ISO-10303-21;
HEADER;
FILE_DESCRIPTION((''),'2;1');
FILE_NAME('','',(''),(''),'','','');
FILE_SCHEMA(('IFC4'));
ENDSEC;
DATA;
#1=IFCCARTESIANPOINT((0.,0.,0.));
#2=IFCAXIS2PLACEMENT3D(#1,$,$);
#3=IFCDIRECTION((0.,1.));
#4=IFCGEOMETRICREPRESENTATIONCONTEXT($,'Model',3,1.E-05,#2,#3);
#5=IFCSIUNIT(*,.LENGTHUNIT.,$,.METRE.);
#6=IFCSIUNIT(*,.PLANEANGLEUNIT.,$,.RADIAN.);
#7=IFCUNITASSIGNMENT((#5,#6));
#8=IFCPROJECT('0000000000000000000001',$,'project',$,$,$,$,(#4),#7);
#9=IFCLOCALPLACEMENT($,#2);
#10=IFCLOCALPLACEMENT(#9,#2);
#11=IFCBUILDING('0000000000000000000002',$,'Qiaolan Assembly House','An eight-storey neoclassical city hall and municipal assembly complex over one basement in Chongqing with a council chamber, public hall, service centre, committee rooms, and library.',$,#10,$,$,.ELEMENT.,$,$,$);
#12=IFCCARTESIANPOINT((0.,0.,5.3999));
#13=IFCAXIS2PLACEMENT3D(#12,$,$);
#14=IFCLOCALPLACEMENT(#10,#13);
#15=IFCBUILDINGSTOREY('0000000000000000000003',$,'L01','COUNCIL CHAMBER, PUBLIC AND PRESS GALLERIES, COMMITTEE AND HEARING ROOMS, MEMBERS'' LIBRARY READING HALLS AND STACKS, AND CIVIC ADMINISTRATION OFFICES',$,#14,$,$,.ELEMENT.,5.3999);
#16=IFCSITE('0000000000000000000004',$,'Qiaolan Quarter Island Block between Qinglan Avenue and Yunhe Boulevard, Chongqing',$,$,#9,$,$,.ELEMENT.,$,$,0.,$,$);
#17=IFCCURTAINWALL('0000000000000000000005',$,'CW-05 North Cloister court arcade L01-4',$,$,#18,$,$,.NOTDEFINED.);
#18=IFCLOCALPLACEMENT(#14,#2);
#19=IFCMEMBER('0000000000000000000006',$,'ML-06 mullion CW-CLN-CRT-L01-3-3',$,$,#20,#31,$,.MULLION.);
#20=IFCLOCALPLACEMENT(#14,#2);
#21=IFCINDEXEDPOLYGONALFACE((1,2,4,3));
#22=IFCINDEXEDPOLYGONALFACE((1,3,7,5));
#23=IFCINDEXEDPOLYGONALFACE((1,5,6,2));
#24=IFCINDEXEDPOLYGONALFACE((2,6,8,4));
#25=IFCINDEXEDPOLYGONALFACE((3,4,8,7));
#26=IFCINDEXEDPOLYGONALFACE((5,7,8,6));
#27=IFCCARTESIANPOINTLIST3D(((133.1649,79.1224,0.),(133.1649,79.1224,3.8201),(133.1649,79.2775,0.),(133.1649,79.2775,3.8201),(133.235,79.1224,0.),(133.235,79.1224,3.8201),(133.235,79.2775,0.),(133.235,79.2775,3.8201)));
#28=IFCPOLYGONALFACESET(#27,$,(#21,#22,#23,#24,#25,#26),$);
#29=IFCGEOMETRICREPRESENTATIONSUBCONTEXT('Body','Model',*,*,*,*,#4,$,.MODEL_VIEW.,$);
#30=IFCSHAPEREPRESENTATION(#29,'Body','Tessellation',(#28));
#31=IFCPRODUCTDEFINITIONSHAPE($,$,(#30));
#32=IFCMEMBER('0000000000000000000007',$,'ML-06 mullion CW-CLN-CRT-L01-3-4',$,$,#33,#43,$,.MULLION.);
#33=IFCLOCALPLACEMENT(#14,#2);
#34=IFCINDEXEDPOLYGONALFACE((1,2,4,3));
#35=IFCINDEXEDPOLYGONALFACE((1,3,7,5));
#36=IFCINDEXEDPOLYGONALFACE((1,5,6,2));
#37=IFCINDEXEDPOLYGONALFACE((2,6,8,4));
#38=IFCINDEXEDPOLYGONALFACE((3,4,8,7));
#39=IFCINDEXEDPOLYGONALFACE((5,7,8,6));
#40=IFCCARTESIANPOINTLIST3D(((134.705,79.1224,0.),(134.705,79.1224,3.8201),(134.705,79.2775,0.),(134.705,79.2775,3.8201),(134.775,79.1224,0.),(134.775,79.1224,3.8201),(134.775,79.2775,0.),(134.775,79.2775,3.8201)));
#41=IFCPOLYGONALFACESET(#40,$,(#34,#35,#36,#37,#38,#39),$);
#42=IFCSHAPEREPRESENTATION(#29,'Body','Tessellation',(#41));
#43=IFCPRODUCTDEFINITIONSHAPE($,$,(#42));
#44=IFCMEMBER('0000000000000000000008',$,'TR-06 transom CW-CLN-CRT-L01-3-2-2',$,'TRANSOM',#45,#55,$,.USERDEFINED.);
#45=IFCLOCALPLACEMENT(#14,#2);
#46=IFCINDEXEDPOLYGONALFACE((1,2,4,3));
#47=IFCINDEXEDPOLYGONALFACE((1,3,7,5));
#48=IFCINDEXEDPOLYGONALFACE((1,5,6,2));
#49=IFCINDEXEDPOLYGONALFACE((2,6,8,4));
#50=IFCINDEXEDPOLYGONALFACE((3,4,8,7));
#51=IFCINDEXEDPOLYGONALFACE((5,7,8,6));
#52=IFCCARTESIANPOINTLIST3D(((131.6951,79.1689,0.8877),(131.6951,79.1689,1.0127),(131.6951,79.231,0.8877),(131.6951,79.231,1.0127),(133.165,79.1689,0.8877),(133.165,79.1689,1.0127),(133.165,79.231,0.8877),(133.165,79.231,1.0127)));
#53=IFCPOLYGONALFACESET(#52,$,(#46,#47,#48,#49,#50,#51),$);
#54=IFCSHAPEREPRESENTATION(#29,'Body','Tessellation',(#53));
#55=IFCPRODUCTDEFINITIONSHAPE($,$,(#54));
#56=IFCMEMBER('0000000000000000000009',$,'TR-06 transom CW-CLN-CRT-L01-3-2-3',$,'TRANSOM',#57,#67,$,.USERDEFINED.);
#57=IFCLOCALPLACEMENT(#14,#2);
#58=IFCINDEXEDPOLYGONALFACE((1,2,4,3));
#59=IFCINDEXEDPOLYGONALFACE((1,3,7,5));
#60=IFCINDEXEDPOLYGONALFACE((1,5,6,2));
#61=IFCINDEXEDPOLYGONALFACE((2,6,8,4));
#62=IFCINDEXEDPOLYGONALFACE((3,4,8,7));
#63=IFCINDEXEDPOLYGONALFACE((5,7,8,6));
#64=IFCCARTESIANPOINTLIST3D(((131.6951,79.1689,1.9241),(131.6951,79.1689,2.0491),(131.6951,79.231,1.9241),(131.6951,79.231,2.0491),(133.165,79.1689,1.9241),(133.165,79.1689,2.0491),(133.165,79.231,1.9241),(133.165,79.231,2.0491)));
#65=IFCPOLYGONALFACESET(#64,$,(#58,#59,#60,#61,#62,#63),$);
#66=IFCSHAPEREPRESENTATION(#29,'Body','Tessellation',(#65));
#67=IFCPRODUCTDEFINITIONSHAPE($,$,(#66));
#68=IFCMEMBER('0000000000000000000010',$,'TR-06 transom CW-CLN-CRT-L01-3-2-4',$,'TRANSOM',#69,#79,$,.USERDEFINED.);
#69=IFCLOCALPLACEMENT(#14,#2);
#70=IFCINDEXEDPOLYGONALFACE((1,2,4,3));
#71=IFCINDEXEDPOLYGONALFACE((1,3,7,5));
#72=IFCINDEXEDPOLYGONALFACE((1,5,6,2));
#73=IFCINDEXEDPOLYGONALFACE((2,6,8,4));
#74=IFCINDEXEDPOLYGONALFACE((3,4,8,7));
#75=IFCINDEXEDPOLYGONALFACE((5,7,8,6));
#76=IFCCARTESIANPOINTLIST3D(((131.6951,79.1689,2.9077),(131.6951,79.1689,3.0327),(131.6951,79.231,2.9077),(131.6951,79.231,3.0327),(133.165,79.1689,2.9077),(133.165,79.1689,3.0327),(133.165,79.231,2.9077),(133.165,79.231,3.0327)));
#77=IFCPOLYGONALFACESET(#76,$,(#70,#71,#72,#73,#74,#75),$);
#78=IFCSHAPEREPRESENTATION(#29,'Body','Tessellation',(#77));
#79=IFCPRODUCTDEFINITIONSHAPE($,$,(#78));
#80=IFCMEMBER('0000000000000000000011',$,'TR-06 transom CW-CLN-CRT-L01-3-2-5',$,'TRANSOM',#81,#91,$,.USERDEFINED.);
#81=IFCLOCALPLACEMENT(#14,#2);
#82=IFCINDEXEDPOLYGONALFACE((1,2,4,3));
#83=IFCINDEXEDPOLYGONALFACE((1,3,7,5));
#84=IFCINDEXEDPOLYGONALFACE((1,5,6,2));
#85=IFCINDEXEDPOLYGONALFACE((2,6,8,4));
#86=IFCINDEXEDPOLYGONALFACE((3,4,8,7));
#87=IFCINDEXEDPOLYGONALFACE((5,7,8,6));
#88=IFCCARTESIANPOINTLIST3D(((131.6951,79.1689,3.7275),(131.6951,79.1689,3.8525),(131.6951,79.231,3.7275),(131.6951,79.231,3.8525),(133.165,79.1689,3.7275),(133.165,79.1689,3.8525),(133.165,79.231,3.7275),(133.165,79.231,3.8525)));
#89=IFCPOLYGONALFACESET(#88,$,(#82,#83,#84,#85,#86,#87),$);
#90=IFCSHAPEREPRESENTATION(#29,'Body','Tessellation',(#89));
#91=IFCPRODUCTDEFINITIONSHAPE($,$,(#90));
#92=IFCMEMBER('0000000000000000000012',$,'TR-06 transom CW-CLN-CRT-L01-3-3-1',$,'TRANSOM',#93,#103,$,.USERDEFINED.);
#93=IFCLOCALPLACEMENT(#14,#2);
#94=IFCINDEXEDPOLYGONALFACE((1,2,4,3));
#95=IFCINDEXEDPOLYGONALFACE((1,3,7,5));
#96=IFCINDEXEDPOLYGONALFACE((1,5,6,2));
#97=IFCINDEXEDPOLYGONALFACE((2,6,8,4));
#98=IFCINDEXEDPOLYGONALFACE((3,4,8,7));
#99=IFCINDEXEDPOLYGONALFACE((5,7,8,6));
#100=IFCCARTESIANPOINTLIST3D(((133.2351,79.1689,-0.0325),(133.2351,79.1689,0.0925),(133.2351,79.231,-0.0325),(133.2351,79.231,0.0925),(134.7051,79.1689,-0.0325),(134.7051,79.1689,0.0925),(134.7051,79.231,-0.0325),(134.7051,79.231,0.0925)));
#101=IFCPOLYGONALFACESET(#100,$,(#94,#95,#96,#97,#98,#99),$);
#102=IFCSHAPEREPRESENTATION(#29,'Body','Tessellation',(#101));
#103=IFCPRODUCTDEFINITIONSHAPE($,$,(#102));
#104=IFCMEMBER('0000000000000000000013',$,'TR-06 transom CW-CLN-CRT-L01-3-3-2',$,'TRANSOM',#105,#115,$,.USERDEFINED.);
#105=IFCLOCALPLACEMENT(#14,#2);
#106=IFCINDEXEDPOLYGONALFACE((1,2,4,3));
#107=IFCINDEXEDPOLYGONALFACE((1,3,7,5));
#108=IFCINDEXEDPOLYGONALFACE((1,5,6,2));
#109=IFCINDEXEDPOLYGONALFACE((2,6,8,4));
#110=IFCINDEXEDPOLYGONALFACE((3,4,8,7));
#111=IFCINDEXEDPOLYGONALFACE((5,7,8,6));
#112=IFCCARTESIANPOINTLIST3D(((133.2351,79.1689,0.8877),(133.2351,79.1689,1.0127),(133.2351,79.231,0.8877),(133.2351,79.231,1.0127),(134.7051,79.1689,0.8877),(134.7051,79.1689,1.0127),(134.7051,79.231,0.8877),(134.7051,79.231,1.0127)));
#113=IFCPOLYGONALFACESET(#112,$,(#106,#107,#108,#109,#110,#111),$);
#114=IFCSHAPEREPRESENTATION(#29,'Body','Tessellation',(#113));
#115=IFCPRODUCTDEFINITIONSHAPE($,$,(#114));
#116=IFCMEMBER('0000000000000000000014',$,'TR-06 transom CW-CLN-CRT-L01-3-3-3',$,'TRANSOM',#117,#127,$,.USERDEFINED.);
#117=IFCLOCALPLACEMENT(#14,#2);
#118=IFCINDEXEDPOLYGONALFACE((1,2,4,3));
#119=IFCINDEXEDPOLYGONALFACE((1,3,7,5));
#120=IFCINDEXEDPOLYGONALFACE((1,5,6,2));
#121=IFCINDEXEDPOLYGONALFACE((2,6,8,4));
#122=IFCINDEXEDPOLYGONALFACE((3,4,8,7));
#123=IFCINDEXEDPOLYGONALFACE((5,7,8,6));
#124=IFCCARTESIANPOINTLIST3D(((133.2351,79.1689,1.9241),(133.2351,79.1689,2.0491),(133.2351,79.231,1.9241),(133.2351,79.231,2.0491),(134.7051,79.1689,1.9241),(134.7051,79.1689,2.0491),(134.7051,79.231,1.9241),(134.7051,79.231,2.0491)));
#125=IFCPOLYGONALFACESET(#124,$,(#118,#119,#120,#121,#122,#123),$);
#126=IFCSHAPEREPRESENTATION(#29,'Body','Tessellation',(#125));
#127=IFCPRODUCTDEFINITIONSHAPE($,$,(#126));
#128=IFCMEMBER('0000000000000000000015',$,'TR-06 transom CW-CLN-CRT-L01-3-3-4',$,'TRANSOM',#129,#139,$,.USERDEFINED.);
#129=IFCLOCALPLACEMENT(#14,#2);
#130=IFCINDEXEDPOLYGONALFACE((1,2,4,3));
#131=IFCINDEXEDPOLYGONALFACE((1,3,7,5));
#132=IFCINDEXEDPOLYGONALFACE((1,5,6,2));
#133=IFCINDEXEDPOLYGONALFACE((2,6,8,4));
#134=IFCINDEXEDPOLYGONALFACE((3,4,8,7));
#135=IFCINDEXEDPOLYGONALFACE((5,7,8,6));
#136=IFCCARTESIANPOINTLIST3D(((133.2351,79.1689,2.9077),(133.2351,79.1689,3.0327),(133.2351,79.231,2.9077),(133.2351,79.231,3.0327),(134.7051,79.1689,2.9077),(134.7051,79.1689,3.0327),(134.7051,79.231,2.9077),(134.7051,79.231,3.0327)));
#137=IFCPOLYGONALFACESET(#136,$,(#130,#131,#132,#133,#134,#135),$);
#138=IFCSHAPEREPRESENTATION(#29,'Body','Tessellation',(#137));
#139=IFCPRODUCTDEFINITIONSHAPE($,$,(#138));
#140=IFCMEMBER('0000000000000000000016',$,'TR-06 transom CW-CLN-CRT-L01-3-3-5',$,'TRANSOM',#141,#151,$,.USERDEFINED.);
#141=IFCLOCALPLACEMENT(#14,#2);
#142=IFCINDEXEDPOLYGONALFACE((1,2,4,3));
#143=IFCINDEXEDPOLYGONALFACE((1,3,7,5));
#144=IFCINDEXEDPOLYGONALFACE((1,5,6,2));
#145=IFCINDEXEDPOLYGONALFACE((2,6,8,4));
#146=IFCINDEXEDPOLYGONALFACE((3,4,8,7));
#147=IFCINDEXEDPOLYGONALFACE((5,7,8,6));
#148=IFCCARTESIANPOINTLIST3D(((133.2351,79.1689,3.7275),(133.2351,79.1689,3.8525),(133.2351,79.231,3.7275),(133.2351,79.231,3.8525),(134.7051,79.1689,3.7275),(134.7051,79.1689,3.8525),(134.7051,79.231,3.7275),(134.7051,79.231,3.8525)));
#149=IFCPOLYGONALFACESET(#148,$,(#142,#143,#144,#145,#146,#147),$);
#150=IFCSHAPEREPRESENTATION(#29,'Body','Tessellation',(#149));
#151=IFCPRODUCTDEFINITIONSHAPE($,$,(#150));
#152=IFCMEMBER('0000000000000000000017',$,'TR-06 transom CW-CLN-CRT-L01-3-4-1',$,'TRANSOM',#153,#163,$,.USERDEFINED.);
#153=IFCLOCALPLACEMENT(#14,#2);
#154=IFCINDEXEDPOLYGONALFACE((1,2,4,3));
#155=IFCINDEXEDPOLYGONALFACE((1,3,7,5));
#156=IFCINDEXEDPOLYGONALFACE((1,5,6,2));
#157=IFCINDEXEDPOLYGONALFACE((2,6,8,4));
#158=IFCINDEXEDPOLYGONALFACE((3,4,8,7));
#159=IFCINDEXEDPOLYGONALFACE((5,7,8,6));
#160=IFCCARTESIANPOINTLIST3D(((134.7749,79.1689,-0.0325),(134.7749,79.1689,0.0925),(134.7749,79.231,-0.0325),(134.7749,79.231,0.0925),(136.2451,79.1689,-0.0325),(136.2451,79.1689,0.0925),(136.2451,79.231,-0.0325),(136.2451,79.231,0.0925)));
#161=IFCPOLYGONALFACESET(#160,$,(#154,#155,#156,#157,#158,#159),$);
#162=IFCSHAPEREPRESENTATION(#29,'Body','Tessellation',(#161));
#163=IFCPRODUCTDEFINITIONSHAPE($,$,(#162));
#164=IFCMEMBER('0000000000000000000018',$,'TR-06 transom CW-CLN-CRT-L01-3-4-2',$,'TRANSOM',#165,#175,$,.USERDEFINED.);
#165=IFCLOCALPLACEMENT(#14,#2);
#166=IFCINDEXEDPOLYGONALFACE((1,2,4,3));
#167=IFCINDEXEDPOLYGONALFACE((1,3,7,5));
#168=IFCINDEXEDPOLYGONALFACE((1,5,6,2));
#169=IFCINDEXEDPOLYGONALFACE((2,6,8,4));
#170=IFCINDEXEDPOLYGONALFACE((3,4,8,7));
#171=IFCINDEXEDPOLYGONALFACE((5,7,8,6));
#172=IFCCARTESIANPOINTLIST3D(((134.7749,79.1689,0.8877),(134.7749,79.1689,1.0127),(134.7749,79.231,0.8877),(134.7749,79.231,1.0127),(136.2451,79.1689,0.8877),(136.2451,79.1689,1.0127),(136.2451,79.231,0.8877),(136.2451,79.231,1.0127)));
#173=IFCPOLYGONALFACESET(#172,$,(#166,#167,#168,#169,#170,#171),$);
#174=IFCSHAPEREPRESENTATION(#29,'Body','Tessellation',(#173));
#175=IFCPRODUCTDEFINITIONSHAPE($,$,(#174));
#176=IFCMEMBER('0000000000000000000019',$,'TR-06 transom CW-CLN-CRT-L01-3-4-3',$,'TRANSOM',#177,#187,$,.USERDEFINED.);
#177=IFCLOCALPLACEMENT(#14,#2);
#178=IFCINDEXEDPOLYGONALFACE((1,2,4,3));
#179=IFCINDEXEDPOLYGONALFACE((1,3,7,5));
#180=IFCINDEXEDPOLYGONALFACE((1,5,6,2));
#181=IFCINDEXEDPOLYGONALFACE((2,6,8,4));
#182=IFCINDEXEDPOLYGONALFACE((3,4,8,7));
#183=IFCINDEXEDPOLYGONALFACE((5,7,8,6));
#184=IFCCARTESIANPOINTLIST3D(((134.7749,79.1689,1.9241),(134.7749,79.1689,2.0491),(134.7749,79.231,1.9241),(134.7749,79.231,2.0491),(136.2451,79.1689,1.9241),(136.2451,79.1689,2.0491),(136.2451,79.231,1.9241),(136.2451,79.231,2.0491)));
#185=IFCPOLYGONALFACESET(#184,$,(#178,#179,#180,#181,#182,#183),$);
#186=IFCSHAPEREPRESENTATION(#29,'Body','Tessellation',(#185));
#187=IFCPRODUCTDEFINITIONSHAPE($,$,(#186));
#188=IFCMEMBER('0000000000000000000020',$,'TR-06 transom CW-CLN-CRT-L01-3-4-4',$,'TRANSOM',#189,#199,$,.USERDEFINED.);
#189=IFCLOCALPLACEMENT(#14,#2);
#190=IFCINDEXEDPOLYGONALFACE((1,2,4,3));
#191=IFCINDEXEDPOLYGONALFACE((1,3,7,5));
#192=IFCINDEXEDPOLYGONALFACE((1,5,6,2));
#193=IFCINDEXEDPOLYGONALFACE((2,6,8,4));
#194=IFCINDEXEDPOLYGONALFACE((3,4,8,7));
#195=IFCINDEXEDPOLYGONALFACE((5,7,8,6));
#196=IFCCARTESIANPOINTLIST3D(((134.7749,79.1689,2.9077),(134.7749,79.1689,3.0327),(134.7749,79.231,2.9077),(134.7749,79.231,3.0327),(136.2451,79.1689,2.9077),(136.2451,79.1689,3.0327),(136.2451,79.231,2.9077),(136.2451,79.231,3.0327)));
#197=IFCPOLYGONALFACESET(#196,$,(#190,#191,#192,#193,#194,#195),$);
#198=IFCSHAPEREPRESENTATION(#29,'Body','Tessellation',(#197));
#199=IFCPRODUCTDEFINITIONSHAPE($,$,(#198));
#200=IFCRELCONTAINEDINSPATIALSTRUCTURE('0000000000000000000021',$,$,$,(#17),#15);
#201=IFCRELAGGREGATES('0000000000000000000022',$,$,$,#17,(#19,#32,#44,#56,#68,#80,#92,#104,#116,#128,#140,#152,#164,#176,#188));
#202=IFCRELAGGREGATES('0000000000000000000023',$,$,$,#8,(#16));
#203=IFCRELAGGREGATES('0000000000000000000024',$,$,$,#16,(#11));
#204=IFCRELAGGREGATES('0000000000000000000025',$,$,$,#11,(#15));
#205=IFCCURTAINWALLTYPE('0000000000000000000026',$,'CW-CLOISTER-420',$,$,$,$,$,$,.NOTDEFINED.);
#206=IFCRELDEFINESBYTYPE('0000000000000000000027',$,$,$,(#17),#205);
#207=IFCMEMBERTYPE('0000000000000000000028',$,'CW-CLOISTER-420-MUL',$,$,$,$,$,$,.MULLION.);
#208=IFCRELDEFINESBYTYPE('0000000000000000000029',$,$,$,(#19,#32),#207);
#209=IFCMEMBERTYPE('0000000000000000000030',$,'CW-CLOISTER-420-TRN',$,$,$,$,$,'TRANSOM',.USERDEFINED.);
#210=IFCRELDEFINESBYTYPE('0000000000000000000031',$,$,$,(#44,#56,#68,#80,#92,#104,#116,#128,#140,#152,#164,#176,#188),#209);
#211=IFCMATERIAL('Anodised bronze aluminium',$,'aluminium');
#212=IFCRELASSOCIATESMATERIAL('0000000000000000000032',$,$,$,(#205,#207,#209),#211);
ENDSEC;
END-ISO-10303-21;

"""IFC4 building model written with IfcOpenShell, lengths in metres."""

from ifc_helpers import new_model, si_unit, direction, frame, origin, origin_2d, place, context, subcontext, project, spatial, rectangle, extrude, material, material_profile, profile_set, type_object, element, aggregate, save


model = new_model("IFC4")

# Units and contexts
model_context = context("Model", 3, precision=1e-05, world=origin(), true_north=direction((0.0, 1.0)))
body_context = subcontext(model_context, "Body", "Model", "MODEL_VIEW")
ifc_project = project(units=[si_unit("LENGTHUNIT", "METRE"), si_unit("PLANEANGLEUNIT", "RADIAN")], contexts=[model_context])

# Site, building, storey
site_placement = place(None, origin())
site = spatial("IfcSite", under=ifc_project, at=site_placement, Name="Qiaolan Quarter Island Block between Qinglan Avenue and Yunhe Boulevard, Chongqing", CompositionType="ELEMENT", RefElevation=0.0)
building_placement = place(site_placement, origin())
building = spatial("IfcBuilding", under=site, at=building_placement, Name="Qiaolan Assembly House", Description="An eight-storey neoclassical city hall and municipal assembly complex over one basement in Chongqing with a council chamber, public hall, service centre, committee rooms, and library.", CompositionType="ELEMENT")
storey_placement = place(building_placement, frame((0.0, 0.0, 5.3999)))
storey = spatial("IfcBuildingStorey", under=building, at=storey_placement, Name="L01", Description="COUNCIL CHAMBER, PUBLIC AND PRESS GALLERIES, COMMITTEE AND HEARING ROOMS, MEMBERS' LIBRARY READING HALLS AND STACKS, AND CIVIC ADMINISTRATION OFFICES", CompositionType="ELEMENT", Elevation=5.3999)

# Curtain wall, members
ifc_material_1 = material(Name="Anodised bronze aluminium", Category="aluminium")
curtain_wall_type = type_object("IfcCurtainWallType", Name="CW-CLOISTER-420", PredefinedType="NOTDEFINED", material=ifc_material_1)
curtain_wall_placement = place(storey_placement, origin())
curtain_wall = element("IfcCurtainWall", 1, at=curtain_wall_placement, inside=storey, type_object=curtain_wall_type, Name="CW-05 North Cloister court arcade L01-4", PredefinedType="NOTDEFINED")
ifc_material_profile_1 = material_profile(ifc_material_1, rectangle(XDim=0.0701, YDim=0.155, at=origin_2d()), Name="MUL 70x155")
ifc_profile_set_1 = profile_set([ifc_material_profile_1], Name="Anodised bronze aluminium")
member_type_1 = type_object("IfcMemberType", Name="CW-CLOISTER-420-MUL", PredefinedType="MULLION", material=ifc_profile_set_1)
member_1_placement = place(storey_placement, frame((133.2, 79.2, 0.0), z_axis=(0.0, 0.0, 1.0), x_axis=(1.0, 0.0, 0.0)))
member_1 = element("IfcMember", 2, at=member_1_placement, type_object=member_type_1, Name="ML-06 mullion CW-CLN-CRT-L01-3-3", PredefinedType="MULLION", context=body_context, shape_type="SweptSolid", body=[
    extrude(rectangle(XDim=0.0701, YDim=0.155, at=origin_2d()), origin(), (0.0, 0.0, 1.0), 3.8201),
])
member_2_placement = place(storey_placement, frame((134.74, 79.2, 0.0), z_axis=(0.0, 0.0, 1.0), x_axis=(1.0, 0.0, 0.0)))
member_2 = element("IfcMember", 3, at=member_2_placement, type_object=member_type_1, Name="ML-06 mullion CW-CLN-CRT-L01-3-4", PredefinedType="MULLION", context=body_context, shape_type="SweptSolid", body=[
    extrude(rectangle(XDim=0.0701, YDim=0.155, at=origin_2d()), origin(), (0.0, 0.0, 1.0), 3.8201),
])
ifc_material_profile_2 = material_profile(ifc_material_1, rectangle(XDim=0.062, YDim=0.125, at=origin_2d()), Name="TRN 62x125")
ifc_profile_set_2 = profile_set([ifc_material_profile_2], Name="Anodised bronze aluminium")
member_type_2 = type_object("IfcMemberType", Name="CW-CLOISTER-420-TRN", ElementType="TRANSOM", PredefinedType="USERDEFINED", material=ifc_profile_set_2)
member_3_placement = place(storey_placement, frame((131.6951, 79.2, 0.9502), z_axis=(1.0, 0.0, 0.0), x_axis=(0.0, 1.0, 0.0)))
member_3 = element("IfcMember", 4, at=member_3_placement, type_object=member_type_2, Name="TR-06 transom CW-CLN-CRT-L01-3-2-2", ObjectType="TRANSOM", PredefinedType="USERDEFINED", context=body_context, shape_type="SweptSolid", body=[
    extrude(rectangle(XDim=0.062, YDim=0.125, at=origin_2d()), origin(), (0.0, 0.0, 1.0), 1.47),
])
member_4_placement = place(storey_placement, frame((131.6951, 79.2, 1.9866), z_axis=(1.0, 0.0, 0.0), x_axis=(0.0, 1.0, 0.0)))
member_4 = element("IfcMember", 5, at=member_4_placement, type_object=member_type_2, Name="TR-06 transom CW-CLN-CRT-L01-3-2-3", ObjectType="TRANSOM", PredefinedType="USERDEFINED", context=body_context, shape_type="SweptSolid", body=[
    extrude(rectangle(XDim=0.062, YDim=0.125, at=origin_2d()), origin(), (0.0, 0.0, 1.0), 1.47),
])
member_5_placement = place(storey_placement, frame((131.6951, 79.2, 2.9702), z_axis=(1.0, 0.0, 0.0), x_axis=(0.0, 1.0, 0.0)))
member_5 = element("IfcMember", 6, at=member_5_placement, type_object=member_type_2, Name="TR-06 transom CW-CLN-CRT-L01-3-2-4", ObjectType="TRANSOM", PredefinedType="USERDEFINED", context=body_context, shape_type="SweptSolid", body=[
    extrude(rectangle(XDim=0.062, YDim=0.125, at=origin_2d()), origin(), (0.0, 0.0, 1.0), 1.47),
])
member_6_placement = place(storey_placement, frame((131.6951, 79.2, 3.79), z_axis=(1.0, 0.0, 0.0), x_axis=(0.0, 1.0, 0.0)))
member_6 = element("IfcMember", 7, at=member_6_placement, type_object=member_type_2, Name="TR-06 transom CW-CLN-CRT-L01-3-2-5", ObjectType="TRANSOM", PredefinedType="USERDEFINED", context=body_context, shape_type="SweptSolid", body=[
    extrude(rectangle(XDim=0.062, YDim=0.125, at=origin_2d()), origin(), (0.0, 0.0, 1.0), 1.47),
])
member_7_placement = place(storey_placement, frame((133.2351, 79.2, 0.03), z_axis=(1.0, 0.0, 0.0), x_axis=(0.0, 1.0, 0.0)))
member_7 = element("IfcMember", 8, at=member_7_placement, type_object=member_type_2, Name="TR-06 transom CW-CLN-CRT-L01-3-3-1", ObjectType="TRANSOM", PredefinedType="USERDEFINED", context=body_context, shape_type="SweptSolid", body=[
    extrude(rectangle(XDim=0.062, YDim=0.125, at=origin_2d()), origin(), (0.0, 0.0, 1.0), 1.47),
])
member_8_placement = place(storey_placement, frame((133.2351, 79.2, 0.9502), z_axis=(1.0, 0.0, 0.0), x_axis=(0.0, 1.0, 0.0)))
member_8 = element("IfcMember", 9, at=member_8_placement, type_object=member_type_2, Name="TR-06 transom CW-CLN-CRT-L01-3-3-2", ObjectType="TRANSOM", PredefinedType="USERDEFINED", context=body_context, shape_type="SweptSolid", body=[
    extrude(rectangle(XDim=0.062, YDim=0.125, at=origin_2d()), origin(), (0.0, 0.0, 1.0), 1.47),
])
member_9_placement = place(storey_placement, frame((133.2351, 79.2, 1.9866), z_axis=(1.0, 0.0, 0.0), x_axis=(0.0, 1.0, 0.0)))
member_9 = element("IfcMember", 10, at=member_9_placement, type_object=member_type_2, Name="TR-06 transom CW-CLN-CRT-L01-3-3-3", ObjectType="TRANSOM", PredefinedType="USERDEFINED", context=body_context, shape_type="SweptSolid", body=[
    extrude(rectangle(XDim=0.062, YDim=0.125, at=origin_2d()), origin(), (0.0, 0.0, 1.0), 1.47),
])
member_10_placement = place(storey_placement, frame((133.2351, 79.2, 2.9702), z_axis=(1.0, 0.0, 0.0), x_axis=(0.0, 1.0, 0.0)))
member_10 = element("IfcMember", 11, at=member_10_placement, type_object=member_type_2, Name="TR-06 transom CW-CLN-CRT-L01-3-3-4", ObjectType="TRANSOM", PredefinedType="USERDEFINED", context=body_context, shape_type="SweptSolid", body=[
    extrude(rectangle(XDim=0.062, YDim=0.125, at=origin_2d()), origin(), (0.0, 0.0, 1.0), 1.47),
])
member_11_placement = place(storey_placement, frame((133.2351, 79.2, 3.79), z_axis=(1.0, 0.0, 0.0), x_axis=(0.0, 1.0, 0.0)))
member_11 = element("IfcMember", 12, at=member_11_placement, type_object=member_type_2, Name="TR-06 transom CW-CLN-CRT-L01-3-3-5", ObjectType="TRANSOM", PredefinedType="USERDEFINED", context=body_context, shape_type="SweptSolid", body=[
    extrude(rectangle(XDim=0.062, YDim=0.125, at=origin_2d()), origin(), (0.0, 0.0, 1.0), 1.47),
])
member_12_placement = place(storey_placement, frame((134.7749, 79.2, 0.03), z_axis=(1.0, 0.0, 0.0), x_axis=(0.0, 1.0, 0.0)))
member_12 = element("IfcMember", 13, at=member_12_placement, type_object=member_type_2, Name="TR-06 transom CW-CLN-CRT-L01-3-4-1", ObjectType="TRANSOM", PredefinedType="USERDEFINED", context=body_context, shape_type="SweptSolid", body=[
    extrude(rectangle(XDim=0.062, YDim=0.125, at=origin_2d()), origin(), (0.0, 0.0, 1.0), 1.4702),
])
member_13_placement = place(storey_placement, frame((134.7749, 79.2, 0.9502), z_axis=(1.0, 0.0, 0.0), x_axis=(0.0, 1.0, 0.0)))
member_13 = element("IfcMember", 14, at=member_13_placement, type_object=member_type_2, Name="TR-06 transom CW-CLN-CRT-L01-3-4-2", ObjectType="TRANSOM", PredefinedType="USERDEFINED", context=body_context, shape_type="SweptSolid", body=[
    extrude(rectangle(XDim=0.062, YDim=0.125, at=origin_2d()), origin(), (0.0, 0.0, 1.0), 1.4702),
])
member_14_placement = place(storey_placement, frame((134.7749, 79.2, 1.9866), z_axis=(1.0, 0.0, 0.0), x_axis=(0.0, 1.0, 0.0)))
member_14 = element("IfcMember", 15, at=member_14_placement, type_object=member_type_2, Name="TR-06 transom CW-CLN-CRT-L01-3-4-3", ObjectType="TRANSOM", PredefinedType="USERDEFINED", context=body_context, shape_type="SweptSolid", body=[
    extrude(rectangle(XDim=0.062, YDim=0.125, at=origin_2d()), origin(), (0.0, 0.0, 1.0), 1.4702),
])
member_15_placement = place(storey_placement, frame((134.7749, 79.2, 2.9702), z_axis=(1.0, 0.0, 0.0), x_axis=(0.0, 1.0, 0.0)))
member_15 = element("IfcMember", 16, at=member_15_placement, type_object=member_type_2, Name="TR-06 transom CW-CLN-CRT-L01-3-4-4", ObjectType="TRANSOM", PredefinedType="USERDEFINED", context=body_context, shape_type="SweptSolid", body=[
    extrude(rectangle(XDim=0.062, YDim=0.125, at=origin_2d()), origin(), (0.0, 0.0, 1.0), 1.4702),
])
aggregate(curtain_wall, [member_1, member_2, member_3, member_4, member_5, member_6, member_7, member_8, member_9, member_10, member_11, member_12, member_13, member_14, member_15])

save(model, "model.ifc")
